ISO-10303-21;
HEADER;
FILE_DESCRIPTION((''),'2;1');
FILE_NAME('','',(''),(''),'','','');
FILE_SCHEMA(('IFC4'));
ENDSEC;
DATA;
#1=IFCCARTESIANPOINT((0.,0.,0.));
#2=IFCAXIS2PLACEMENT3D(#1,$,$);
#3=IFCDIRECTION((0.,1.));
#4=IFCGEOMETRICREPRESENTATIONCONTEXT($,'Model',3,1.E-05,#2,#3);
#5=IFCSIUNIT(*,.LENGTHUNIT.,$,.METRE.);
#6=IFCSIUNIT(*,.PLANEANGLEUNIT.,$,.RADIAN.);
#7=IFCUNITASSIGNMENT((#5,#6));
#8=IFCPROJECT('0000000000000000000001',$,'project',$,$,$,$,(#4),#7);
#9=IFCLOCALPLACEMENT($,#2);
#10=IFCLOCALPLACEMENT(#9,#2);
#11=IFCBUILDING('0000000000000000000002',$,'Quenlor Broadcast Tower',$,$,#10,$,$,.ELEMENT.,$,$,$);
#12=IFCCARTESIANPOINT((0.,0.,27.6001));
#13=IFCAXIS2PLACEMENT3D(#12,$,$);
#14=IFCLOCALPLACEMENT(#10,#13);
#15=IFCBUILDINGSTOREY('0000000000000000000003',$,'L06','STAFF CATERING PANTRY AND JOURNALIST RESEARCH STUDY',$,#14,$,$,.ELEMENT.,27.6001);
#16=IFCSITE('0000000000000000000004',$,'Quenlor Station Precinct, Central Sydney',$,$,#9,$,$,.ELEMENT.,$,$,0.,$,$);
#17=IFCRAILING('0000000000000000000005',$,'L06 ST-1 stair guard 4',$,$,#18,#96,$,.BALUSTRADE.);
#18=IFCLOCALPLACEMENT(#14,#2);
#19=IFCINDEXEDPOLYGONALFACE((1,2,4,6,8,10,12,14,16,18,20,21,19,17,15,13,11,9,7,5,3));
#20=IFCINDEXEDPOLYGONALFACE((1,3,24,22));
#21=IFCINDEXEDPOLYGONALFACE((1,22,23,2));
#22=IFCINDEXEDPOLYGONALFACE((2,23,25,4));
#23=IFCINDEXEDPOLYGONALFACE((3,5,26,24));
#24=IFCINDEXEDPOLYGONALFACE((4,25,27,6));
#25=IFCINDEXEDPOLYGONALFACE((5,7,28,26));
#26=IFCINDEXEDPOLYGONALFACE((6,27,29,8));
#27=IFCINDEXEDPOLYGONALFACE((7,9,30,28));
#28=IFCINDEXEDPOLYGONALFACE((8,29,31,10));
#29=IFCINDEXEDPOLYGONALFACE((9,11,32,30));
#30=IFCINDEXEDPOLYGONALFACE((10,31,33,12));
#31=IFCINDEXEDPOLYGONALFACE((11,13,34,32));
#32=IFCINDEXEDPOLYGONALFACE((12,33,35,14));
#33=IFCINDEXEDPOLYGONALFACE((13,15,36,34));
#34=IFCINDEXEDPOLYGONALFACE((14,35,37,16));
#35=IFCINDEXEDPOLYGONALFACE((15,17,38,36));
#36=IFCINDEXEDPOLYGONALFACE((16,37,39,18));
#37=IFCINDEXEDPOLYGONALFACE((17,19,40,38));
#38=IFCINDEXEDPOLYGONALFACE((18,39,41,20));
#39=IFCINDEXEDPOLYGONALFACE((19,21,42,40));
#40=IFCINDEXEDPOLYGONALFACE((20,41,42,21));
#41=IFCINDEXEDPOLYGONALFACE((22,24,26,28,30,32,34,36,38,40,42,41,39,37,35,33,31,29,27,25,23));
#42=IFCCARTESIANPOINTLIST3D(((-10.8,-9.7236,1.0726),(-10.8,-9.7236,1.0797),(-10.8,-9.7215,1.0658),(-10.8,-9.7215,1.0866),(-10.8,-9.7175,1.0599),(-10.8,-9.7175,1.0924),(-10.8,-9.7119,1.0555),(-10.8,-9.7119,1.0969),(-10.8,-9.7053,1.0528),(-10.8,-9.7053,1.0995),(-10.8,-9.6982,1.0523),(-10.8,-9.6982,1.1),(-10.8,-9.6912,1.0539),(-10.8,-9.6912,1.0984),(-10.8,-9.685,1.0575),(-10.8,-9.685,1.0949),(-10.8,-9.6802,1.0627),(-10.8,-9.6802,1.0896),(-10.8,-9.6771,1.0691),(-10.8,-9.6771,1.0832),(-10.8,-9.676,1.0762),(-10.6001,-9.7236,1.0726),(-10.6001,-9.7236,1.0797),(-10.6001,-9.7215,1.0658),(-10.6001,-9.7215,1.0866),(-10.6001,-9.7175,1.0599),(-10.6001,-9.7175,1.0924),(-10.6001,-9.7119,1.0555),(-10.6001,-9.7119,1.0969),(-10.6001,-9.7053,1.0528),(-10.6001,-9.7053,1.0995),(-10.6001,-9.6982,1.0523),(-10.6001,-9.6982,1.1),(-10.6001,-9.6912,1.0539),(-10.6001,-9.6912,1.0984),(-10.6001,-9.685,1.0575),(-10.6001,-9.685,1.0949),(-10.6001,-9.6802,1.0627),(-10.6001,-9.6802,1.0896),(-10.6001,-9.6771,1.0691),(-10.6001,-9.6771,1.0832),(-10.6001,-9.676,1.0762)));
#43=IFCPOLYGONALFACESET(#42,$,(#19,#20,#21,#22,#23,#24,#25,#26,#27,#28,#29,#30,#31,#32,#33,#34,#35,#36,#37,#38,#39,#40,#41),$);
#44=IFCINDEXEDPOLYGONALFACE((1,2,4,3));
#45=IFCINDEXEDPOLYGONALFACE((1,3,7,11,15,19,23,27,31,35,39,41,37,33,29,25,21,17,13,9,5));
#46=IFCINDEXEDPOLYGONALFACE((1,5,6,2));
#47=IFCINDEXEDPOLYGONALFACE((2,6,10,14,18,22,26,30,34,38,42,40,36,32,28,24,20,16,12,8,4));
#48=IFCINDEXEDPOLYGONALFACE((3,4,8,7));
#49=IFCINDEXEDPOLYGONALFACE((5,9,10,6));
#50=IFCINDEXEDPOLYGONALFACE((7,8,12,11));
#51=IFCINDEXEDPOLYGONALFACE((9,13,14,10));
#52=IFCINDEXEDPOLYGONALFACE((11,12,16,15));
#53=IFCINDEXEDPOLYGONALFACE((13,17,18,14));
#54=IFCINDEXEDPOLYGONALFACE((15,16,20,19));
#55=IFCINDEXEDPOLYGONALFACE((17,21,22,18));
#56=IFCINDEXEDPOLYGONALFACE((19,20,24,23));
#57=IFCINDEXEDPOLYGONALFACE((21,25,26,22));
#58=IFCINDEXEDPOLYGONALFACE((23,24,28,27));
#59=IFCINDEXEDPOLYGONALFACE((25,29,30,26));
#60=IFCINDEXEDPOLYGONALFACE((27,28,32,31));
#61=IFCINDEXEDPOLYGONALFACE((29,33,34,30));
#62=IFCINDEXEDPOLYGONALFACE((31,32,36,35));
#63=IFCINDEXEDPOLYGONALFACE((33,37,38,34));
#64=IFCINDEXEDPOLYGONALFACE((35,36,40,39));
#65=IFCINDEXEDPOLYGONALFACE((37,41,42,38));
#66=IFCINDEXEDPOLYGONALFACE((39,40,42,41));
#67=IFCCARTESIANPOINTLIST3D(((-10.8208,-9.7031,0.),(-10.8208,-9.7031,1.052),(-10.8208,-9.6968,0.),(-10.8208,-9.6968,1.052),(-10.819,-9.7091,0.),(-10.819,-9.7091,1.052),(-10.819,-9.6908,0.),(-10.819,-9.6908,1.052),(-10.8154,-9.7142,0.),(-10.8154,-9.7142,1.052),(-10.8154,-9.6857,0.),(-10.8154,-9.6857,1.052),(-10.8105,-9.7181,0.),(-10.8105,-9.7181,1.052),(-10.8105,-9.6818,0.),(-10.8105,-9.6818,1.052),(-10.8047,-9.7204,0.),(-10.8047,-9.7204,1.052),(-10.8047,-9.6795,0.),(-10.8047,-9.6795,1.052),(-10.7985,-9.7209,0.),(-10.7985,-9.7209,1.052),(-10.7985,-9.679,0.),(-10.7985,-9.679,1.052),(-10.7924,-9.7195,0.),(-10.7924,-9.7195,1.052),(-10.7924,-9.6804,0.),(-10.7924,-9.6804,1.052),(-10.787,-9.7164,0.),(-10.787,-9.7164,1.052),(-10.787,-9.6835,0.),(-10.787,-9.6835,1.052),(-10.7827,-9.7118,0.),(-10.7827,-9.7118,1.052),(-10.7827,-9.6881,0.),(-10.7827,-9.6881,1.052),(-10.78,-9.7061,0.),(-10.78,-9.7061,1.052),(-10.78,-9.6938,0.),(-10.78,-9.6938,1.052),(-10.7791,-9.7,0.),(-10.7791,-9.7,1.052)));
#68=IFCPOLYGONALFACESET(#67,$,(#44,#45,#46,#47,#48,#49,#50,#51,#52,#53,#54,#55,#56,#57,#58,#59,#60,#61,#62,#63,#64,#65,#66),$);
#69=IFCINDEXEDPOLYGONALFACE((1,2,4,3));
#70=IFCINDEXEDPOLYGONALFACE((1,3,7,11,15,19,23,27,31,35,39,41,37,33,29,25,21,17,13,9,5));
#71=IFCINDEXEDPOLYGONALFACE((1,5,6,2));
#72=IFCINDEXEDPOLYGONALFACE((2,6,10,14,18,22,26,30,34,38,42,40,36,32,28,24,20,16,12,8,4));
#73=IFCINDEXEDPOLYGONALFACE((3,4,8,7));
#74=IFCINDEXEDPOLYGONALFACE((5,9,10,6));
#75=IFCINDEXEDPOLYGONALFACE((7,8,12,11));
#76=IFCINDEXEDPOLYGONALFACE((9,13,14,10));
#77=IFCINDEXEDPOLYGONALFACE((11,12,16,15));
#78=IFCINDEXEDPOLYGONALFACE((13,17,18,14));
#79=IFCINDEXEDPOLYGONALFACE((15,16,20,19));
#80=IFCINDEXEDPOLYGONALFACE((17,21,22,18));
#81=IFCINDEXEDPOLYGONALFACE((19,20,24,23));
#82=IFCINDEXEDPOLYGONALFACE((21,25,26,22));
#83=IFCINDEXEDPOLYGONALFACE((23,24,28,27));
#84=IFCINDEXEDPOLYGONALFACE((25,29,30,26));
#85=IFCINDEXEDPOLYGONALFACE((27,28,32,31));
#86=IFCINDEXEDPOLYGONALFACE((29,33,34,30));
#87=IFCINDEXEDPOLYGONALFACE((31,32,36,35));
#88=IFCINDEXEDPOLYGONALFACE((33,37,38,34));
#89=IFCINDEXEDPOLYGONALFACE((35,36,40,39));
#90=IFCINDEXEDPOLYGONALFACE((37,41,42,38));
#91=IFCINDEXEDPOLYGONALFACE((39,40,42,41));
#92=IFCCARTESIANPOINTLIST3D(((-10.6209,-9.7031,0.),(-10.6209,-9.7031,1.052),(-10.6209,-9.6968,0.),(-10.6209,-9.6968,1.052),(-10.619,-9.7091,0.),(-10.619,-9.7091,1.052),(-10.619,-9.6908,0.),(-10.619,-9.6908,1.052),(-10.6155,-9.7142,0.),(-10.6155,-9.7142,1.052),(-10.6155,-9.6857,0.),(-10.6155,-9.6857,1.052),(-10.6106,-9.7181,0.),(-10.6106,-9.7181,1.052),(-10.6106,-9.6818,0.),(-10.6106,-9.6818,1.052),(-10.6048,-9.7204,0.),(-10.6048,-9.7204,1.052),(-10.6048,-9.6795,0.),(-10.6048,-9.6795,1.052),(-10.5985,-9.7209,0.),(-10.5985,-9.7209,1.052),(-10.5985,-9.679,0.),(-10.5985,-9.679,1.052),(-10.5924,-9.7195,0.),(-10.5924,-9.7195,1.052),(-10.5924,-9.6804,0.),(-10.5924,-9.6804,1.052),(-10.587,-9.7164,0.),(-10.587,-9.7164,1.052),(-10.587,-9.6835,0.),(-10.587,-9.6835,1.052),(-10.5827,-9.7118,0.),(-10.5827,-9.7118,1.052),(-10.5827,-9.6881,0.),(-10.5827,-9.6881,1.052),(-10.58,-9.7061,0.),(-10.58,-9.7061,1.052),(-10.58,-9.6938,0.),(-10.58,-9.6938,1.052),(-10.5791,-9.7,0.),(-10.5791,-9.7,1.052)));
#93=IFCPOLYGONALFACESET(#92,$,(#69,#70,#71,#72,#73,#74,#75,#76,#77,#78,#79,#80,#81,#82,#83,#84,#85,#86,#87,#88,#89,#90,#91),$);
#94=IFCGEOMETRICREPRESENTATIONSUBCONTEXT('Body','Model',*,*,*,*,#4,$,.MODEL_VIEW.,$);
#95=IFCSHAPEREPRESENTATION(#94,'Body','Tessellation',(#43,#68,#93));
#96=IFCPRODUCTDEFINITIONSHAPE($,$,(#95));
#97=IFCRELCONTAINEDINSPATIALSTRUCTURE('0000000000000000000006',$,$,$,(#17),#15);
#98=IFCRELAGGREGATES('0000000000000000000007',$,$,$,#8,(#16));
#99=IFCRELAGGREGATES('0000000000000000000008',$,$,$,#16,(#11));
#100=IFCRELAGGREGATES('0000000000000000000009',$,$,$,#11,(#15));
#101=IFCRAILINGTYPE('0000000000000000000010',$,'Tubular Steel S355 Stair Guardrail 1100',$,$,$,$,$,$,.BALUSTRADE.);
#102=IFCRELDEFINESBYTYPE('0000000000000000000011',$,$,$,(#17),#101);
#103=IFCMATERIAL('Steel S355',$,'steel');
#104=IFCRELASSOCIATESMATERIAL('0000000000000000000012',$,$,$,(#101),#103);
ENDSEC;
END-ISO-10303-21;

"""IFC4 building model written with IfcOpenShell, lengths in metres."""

from ifc_helpers import new_model, si_unit, direction, frame, origin, origin_2d, place, context, subcontext, project, spatial, circle, extrude, material, type_object, element, save


model = new_model("IFC4")

# Units and contexts
model_context = context("Model", 3, precision=1e-05, world=origin(), true_north=direction((0.0, 1.0)))
body_context = subcontext(model_context, "Body", "Model", "MODEL_VIEW")
ifc_project = project(units=[si_unit("LENGTHUNIT", "METRE"), si_unit("PLANEANGLEUNIT", "RADIAN")], contexts=[model_context])

# Site, building, storey
site_placement = place(None, origin())
site = spatial("IfcSite", under=ifc_project, at=site_placement, Name="Quenlor Station Precinct, Central Sydney", CompositionType="ELEMENT", RefElevation=0.0)
building_placement = place(site_placement, origin())
building = spatial("IfcBuilding", under=site, at=building_placement, Name="Quenlor Broadcast Tower", CompositionType="ELEMENT")
storey_placement = place(building_placement, frame((0.0, 0.0, 27.6001)))
storey = spatial("IfcBuildingStorey", under=building, at=storey_placement, Name="L06", Description="STAFF CATERING PANTRY AND JOURNALIST RESEARCH STUDY", CompositionType="ELEMENT", Elevation=27.6001)

# Railing
ifc_material_1 = material(Name="Steel S355", Category="steel")
railing_type_1 = type_object("IfcRailingType", Name="Tubular Steel S355 Stair Guardrail 1100", PredefinedType="BALUSTRADE", material=ifc_material_1)
railing_1_placement = place(storey_placement, frame((-10.8, -9.7, 0.0)))
element("IfcRailing", 1, at=railing_1_placement, inside=storey, type_object=railing_type_1, Name="L06 ST-1 stair guard 4", PredefinedType="BALUSTRADE", context=body_context, shape_type="SweptSolid", body=[
    extrude(circle(Radius=0.0239, at=origin_2d()), frame((0.0, 0.0, 1.0762), z_axis=(1.0, 0.0, 0.0), x_axis=(0.0, 1.0, 0.0)), (0.0, 0.0, 1.0), 0.2),
    extrude(circle(Radius=0.021, at=origin_2d()), origin(), (0.0, 0.0, 1.0), 1.052),
    extrude(circle(Radius=0.021, at=origin_2d()), frame((0.2, 0.0, 0.0)), (0.0, 0.0, 1.0), 1.052),
])

save(model, "model.ifc")
